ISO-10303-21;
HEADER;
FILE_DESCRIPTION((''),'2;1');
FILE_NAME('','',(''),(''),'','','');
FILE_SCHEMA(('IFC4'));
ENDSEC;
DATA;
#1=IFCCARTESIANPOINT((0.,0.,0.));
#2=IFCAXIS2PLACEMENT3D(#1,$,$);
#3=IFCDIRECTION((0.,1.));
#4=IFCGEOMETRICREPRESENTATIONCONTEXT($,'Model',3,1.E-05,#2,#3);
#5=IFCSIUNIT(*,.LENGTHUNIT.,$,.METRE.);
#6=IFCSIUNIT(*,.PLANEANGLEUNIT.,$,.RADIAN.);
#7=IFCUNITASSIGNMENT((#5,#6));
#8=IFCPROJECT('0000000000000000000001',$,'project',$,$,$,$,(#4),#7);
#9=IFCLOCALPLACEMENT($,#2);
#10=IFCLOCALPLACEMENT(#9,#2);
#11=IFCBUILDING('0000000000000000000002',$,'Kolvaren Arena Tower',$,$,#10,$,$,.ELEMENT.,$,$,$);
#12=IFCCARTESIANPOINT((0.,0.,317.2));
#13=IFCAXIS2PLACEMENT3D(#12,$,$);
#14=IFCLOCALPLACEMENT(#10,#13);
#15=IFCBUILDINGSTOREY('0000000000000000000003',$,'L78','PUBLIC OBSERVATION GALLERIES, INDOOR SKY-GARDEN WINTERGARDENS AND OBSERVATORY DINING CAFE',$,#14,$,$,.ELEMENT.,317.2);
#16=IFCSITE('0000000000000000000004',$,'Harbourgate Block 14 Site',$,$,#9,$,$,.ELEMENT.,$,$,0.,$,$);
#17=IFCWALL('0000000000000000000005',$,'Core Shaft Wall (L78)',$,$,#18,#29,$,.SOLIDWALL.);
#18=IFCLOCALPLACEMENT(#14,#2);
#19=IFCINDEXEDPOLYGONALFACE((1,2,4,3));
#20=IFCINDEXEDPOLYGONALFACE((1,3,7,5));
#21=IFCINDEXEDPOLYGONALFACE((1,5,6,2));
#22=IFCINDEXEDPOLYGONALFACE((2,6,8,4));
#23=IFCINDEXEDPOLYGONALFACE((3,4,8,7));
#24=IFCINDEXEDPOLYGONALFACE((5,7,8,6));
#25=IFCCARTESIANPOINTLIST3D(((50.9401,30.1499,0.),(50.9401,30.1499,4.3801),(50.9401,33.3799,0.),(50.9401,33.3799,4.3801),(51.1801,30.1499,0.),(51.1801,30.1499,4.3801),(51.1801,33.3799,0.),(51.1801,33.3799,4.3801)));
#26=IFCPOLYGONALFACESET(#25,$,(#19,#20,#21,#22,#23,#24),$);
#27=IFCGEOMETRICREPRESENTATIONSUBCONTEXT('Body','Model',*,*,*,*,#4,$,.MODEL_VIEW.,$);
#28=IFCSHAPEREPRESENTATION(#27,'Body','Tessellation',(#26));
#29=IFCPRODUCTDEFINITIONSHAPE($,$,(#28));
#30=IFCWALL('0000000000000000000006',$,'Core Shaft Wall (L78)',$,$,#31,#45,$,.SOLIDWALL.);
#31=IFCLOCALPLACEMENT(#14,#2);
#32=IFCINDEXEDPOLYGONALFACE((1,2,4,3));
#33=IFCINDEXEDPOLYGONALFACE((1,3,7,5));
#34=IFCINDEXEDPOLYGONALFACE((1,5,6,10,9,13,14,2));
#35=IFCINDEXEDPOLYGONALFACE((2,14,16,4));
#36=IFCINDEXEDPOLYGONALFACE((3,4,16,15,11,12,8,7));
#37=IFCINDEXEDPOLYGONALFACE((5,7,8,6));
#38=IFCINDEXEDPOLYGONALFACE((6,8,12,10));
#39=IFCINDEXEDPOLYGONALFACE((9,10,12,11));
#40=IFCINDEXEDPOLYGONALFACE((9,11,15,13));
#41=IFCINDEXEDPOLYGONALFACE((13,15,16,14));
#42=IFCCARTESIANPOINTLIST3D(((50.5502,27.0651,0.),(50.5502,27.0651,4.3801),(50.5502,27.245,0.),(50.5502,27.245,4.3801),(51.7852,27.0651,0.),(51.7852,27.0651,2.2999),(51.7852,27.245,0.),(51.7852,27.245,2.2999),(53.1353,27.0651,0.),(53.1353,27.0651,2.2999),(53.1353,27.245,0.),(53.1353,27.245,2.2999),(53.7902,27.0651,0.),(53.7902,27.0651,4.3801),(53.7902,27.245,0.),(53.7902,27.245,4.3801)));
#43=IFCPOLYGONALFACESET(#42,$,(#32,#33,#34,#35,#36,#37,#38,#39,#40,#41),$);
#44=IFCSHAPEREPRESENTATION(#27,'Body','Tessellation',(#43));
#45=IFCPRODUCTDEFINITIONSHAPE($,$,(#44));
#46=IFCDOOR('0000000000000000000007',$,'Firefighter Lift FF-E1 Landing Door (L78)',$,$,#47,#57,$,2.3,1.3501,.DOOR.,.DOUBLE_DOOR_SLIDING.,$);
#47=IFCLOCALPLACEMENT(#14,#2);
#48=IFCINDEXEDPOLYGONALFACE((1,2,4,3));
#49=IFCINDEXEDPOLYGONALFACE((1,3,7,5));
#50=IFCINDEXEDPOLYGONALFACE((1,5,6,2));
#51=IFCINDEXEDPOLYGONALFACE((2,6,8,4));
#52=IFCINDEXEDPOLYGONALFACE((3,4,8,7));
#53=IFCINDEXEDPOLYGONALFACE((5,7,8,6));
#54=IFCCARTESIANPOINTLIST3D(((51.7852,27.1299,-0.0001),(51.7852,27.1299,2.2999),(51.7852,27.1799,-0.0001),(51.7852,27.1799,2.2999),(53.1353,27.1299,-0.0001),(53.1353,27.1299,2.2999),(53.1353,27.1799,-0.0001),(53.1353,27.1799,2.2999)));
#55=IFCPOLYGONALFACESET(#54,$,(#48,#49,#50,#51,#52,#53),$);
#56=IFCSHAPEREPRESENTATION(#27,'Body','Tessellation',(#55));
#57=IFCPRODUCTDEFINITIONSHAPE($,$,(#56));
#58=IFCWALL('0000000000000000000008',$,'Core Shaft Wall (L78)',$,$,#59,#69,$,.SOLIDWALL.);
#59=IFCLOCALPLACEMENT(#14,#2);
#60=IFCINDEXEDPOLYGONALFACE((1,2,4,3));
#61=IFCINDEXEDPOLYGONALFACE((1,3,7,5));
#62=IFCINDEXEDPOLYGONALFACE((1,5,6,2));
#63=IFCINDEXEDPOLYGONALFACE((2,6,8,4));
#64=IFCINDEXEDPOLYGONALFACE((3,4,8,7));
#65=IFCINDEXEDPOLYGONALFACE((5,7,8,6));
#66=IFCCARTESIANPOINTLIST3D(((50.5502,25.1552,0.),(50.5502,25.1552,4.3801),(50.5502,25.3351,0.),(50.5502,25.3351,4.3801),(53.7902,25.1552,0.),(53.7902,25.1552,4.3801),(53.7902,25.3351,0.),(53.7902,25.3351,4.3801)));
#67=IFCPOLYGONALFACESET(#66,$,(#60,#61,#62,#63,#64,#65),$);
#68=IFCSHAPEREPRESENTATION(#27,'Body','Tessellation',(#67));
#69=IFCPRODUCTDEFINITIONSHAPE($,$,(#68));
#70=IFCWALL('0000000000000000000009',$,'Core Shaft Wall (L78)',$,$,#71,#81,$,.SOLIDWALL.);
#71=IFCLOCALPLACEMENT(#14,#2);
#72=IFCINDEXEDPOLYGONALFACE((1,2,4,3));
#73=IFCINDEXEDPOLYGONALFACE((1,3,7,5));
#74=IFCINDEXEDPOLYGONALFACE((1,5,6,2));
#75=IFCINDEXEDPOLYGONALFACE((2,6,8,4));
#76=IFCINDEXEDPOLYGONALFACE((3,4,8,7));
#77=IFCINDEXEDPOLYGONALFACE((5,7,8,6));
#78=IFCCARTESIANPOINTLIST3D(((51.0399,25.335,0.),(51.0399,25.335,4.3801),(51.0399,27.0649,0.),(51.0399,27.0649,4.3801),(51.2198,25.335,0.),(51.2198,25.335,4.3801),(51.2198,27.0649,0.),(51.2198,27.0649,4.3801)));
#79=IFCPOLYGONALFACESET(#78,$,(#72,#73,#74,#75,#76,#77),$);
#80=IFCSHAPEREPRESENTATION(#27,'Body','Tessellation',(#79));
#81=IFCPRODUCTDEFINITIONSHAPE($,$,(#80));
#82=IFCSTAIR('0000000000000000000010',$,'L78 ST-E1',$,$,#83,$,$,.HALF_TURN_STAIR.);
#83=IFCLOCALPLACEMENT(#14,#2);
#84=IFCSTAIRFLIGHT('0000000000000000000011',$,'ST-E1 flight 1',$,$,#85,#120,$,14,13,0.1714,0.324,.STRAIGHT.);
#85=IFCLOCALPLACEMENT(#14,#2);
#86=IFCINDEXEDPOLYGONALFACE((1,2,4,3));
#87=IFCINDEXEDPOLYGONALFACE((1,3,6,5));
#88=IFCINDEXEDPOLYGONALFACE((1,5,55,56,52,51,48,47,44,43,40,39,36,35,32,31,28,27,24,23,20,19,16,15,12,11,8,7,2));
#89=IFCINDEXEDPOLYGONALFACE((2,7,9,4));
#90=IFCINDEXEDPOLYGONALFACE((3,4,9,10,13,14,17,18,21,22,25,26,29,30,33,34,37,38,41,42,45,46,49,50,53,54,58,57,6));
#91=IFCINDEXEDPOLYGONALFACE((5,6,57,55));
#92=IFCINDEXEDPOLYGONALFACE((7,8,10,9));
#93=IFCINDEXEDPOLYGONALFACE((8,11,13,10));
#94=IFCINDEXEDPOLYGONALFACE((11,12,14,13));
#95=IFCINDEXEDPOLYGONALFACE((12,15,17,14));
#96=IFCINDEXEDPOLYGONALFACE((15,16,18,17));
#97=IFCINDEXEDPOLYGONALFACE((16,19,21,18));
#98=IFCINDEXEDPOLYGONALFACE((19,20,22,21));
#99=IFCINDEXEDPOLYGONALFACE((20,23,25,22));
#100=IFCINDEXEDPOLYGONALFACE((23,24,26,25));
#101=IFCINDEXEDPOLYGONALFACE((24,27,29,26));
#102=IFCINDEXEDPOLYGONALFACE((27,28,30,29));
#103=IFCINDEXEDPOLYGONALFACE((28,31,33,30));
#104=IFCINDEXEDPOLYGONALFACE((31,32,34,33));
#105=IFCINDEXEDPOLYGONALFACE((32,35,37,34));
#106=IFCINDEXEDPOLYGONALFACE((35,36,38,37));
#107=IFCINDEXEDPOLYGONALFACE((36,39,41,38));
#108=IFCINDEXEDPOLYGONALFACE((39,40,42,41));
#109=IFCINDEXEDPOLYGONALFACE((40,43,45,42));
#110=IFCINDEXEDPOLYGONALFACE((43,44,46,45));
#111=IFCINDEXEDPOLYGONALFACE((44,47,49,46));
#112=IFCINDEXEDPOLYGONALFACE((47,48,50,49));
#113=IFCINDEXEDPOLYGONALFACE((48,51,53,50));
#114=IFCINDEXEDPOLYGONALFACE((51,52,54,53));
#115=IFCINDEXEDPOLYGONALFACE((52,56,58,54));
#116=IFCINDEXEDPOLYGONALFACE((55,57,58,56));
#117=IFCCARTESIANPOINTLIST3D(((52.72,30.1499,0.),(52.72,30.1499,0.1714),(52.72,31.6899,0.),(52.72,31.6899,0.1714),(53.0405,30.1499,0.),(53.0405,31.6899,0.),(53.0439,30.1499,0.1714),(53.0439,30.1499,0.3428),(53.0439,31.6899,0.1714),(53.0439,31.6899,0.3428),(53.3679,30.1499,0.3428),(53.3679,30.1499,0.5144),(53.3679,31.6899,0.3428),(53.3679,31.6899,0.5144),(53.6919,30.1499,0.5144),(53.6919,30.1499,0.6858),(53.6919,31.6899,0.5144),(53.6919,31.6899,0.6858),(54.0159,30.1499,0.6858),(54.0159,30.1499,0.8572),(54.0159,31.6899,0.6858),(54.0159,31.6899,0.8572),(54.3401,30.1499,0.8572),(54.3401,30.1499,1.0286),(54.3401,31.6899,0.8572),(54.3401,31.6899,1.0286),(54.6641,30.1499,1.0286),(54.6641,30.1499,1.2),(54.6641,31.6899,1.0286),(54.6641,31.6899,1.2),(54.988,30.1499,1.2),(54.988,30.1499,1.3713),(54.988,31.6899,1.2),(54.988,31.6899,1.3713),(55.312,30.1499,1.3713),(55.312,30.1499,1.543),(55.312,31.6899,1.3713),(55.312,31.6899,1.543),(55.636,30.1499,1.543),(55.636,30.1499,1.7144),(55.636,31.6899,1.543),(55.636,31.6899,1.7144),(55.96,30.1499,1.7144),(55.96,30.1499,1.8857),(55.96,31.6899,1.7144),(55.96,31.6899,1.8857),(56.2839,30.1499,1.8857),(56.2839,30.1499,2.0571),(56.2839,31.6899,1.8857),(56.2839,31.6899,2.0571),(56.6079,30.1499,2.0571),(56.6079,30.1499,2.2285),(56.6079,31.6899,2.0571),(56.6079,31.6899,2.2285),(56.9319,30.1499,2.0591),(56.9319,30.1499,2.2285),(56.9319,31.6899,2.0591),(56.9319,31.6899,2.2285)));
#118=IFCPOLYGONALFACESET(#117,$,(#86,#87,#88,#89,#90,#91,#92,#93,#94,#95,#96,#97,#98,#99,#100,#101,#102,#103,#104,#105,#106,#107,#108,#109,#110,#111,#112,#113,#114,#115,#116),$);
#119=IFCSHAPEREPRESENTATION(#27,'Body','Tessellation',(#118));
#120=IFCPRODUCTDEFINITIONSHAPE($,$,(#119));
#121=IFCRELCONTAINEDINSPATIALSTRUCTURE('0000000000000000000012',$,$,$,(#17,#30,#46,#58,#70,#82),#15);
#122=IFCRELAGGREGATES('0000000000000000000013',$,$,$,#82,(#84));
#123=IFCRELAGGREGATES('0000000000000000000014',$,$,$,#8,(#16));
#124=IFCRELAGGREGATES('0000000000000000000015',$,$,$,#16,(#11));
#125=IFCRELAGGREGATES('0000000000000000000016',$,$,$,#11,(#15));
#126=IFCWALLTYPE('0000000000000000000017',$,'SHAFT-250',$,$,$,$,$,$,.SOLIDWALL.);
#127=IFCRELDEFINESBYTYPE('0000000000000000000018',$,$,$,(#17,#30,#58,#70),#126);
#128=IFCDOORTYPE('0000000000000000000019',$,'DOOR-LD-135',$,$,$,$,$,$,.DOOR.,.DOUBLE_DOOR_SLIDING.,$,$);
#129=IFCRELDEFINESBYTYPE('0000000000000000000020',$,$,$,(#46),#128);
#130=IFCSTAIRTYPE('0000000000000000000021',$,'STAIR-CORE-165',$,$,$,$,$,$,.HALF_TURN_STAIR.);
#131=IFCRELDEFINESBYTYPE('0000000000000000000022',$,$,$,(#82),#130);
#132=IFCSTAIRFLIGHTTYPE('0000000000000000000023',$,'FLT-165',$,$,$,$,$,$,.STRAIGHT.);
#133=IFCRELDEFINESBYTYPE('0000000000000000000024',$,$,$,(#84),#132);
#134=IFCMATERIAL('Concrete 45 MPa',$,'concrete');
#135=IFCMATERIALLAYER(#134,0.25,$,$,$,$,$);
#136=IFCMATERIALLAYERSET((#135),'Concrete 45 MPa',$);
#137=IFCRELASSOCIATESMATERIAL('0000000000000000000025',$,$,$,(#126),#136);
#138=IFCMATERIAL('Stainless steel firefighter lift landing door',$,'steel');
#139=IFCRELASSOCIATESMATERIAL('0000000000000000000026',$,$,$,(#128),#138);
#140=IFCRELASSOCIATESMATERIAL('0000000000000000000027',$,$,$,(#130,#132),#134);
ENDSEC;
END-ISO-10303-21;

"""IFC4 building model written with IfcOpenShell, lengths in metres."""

from ifc_helpers import new_model, si_unit, direction, frame, frame_2d, origin, place, context, subcontext, project, spatial, polyline, rectangle, outline, extrude, material, layer, layer_set, type_object, element, fill, aggregate, save


model = new_model("IFC4")

# Units and contexts
model_context = context("Model", 3, precision=1e-05, world=origin(), true_north=direction((0.0, 1.0)))
body_context = subcontext(model_context, "Body", "Model", "MODEL_VIEW")
ifc_project = project(units=[si_unit("LENGTHUNIT", "METRE"), si_unit("PLANEANGLEUNIT", "RADIAN")], contexts=[model_context])

# Site, building, storey
site_placement = place(None, origin())
site = spatial("IfcSite", under=ifc_project, at=site_placement, Name="Harbourgate Block 14 Site", CompositionType="ELEMENT", RefElevation=0.0)
building_placement = place(site_placement, origin())
building = spatial("IfcBuilding", under=site, at=building_placement, Name="Kolvaren Arena Tower", CompositionType="ELEMENT")
storey_placement = place(building_placement, frame((0.0, 0.0, 317.2)))
storey = spatial("IfcBuildingStorey", under=building, at=storey_placement, Name="L78", Description="PUBLIC OBSERVATION GALLERIES, INDOOR SKY-GARDEN WINTERGARDENS AND OBSERVATORY DINING CAFE", CompositionType="ELEMENT", Elevation=317.2)

# Wall
ifc_material_1 = material(Name="Concrete 45 MPa", Category="concrete")
ifc_layer_1 = layer(ifc_material_1, 0.25)
ifc_layer_set_1 = layer_set([ifc_layer_1], Name="Concrete 45 MPa")
wall_type_1 = type_object("IfcWallType", Name="SHAFT-250", PredefinedType="SOLIDWALL", material=ifc_layer_set_1)
wall_1_placement = place(storey_placement, frame((51.0601, 30.1499, 0.0), z_axis=(0.0, 0.0, 1.0), x_axis=(0.0, 1.0, 0.0)))
element("IfcWall", 1, at=wall_1_placement, inside=storey, type_object=wall_type_1, Name="Core Shaft Wall (L78)", PredefinedType="SOLIDWALL", context=body_context, shape_type="SweptSolid", body=[
    extrude(rectangle(XDim=3.23, YDim=0.24, at=frame_2d((1.615, 0.0))), origin(), (0.0, 0.0, 1.0), 4.3801),
])

# Wall, opening, door
wall_2_placement = place(storey_placement, frame((50.55, 27.155, 0.0), z_axis=(0.0, 0.0, 1.0), x_axis=(1.0, 0.0, 0.0)))
wall_2 = element("IfcWall", 2, at=wall_2_placement, inside=storey, type_object=wall_type_1, Name="Core Shaft Wall (L78)", PredefinedType="SOLIDWALL", context=body_context, shape_type="SweptSolid", body=[
    extrude(rectangle(XDim=3.24, YDim=0.1799, at=frame_2d((1.6201, 0.0))), origin(), (0.0, 0.0, 1.0), 4.3801),
])
opening_1_placement = place(wall_2_placement, frame((1.2351, 0.0, 0.0)))
opening_1 = element("IfcOpeningElement", 3, at=opening_1_placement, cuts=wall_2, PredefinedType="OPENING", context=body_context, shape_type="SweptSolid", body=[
    extrude(rectangle(XDim=1.3501, YDim=2.3, at=frame_2d((0.675, 1.1499))), frame((0.0, 0.0999, 0.0), z_axis=(0.0, -1.0, 0.0), x_axis=(1.0, 0.0, 0.0)), (0.0, 0.0, 1.0), 0.2),
])
ifc_material_2 = material(Name="Stainless steel firefighter lift landing door", Category="steel")
door_type_1 = type_object("IfcDoorType", Name="DOOR-LD-135", OperationType="DOUBLE_DOOR_SLIDING", PredefinedType="DOOR", material=ifc_material_2)
door_1_placement = place(opening_1_placement, origin())
door_1 = element("IfcDoor", 4, at=door_1_placement, inside=storey, type_object=door_type_1, Name="Firefighter Lift FF-E1 Landing Door (L78)", OperationType="DOUBLE_DOOR_SLIDING", OverallHeight=2.3, OverallWidth=1.3501, PredefinedType="DOOR", context=body_context, shape_type="SweptSolid", body=[
    extrude(rectangle(XDim=1.3501, YDim=2.3, at=frame_2d((0.675, 1.1499))), frame((0.0, 0.0249, 0.0), z_axis=(0.0, -1.0, 0.0), x_axis=(1.0, 0.0, 0.0)), (0.0, 0.0, 1.0), 0.05),
])
fill(opening_1, door_1)

# Walls
wall_3_placement = place(storey_placement, frame((50.55, 25.2451, 0.0), z_axis=(0.0, 0.0, 1.0), x_axis=(1.0, 0.0, 0.0)))
element("IfcWall", 5, at=wall_3_placement, inside=storey, type_object=wall_type_1, Name="Core Shaft Wall (L78)", PredefinedType="SOLIDWALL", context=body_context, shape_type="SweptSolid", body=[
    extrude(rectangle(XDim=3.24, YDim=0.1799, at=frame_2d((1.6201, 0.0))), origin(), (0.0, 0.0, 1.0), 4.3801),
])
wall_4_placement = place(storey_placement, frame((51.1299, 25.335, 0.0), z_axis=(0.0, 0.0, 1.0), x_axis=(0.0, 1.0, 0.0)))
element("IfcWall", 6, at=wall_4_placement, inside=storey, type_object=wall_type_1, Name="Core Shaft Wall (L78)", PredefinedType="SOLIDWALL", context=body_context, shape_type="SweptSolid", body=[
    extrude(rectangle(XDim=1.73, YDim=0.1799, at=frame_2d((0.865, 0.0))), origin(), (0.0, 0.0, 1.0), 4.3801),
])

# Stair, stair flight
stair_type = type_object("IfcStairType", Name="STAIR-CORE-165", PredefinedType="HALF_TURN_STAIR", material=ifc_material_1)
stair_placement = place(storey_placement, origin())
stair = element("IfcStair", 7, at=stair_placement, inside=storey, type_object=stair_type, Name="L78 ST-E1", PredefinedType="HALF_TURN_STAIR")
stair_flight_type = type_object("IfcStairFlightType", Name="FLT-165", PredefinedType="STRAIGHT", material=ifc_material_1)
stair_flight_placement = place(storey_placement, frame((52.72, 30.9199, 0.0), z_axis=(0.0, 0.0, 1.0), x_axis=(1.0, 0.0, 0.0)))
stair_flight = element("IfcStairFlight", 8, at=stair_flight_placement, type_object=stair_flight_type, Name="ST-E1 flight 1", NumberOfRisers=14, NumberOfTreads=13, PredefinedType="STRAIGHT", RiserHeight=0.1714, TreadLength=0.324, context=body_context, shape_type="SweptSolid", body=[
    extrude(outline(polyline([(0.0, 0.0), (0.0, 0.1714), (0.324, 0.1714), (0.324, 0.3428), (0.6479, 0.3428), (0.6479, 0.5144), (0.9719, 0.5144), (0.9719, 0.6858), (1.2959, 0.6858), (1.2959, 0.8572), (1.6201, 0.8572), (1.6201, 1.0286), (1.9441, 1.0286), (1.9441, 1.2), (2.2681, 1.2), (2.2681, 1.3713), (2.592, 1.3713), (2.592, 1.543), (2.916, 1.543), (2.916, 1.7144), (3.24, 1.7144), (3.24, 1.8857), (3.564, 1.8857), (3.564, 2.0571), (3.8879, 2.0571), (3.8879, 2.2285), (4.2119, 2.2285), (4.2119, 2.3999), (4.2119, 2.0591), (0.3206, 0.0), (0.0, 0.0)])), frame((0.0, 0.77, 0.0), z_axis=(0.0, -1.0, 0.0), x_axis=(1.0, 0.0, 0.0)), (0.0, 0.0, 1.0), 1.54),
])
aggregate(stair, [stair_flight])

save(model, "model.ifc")
